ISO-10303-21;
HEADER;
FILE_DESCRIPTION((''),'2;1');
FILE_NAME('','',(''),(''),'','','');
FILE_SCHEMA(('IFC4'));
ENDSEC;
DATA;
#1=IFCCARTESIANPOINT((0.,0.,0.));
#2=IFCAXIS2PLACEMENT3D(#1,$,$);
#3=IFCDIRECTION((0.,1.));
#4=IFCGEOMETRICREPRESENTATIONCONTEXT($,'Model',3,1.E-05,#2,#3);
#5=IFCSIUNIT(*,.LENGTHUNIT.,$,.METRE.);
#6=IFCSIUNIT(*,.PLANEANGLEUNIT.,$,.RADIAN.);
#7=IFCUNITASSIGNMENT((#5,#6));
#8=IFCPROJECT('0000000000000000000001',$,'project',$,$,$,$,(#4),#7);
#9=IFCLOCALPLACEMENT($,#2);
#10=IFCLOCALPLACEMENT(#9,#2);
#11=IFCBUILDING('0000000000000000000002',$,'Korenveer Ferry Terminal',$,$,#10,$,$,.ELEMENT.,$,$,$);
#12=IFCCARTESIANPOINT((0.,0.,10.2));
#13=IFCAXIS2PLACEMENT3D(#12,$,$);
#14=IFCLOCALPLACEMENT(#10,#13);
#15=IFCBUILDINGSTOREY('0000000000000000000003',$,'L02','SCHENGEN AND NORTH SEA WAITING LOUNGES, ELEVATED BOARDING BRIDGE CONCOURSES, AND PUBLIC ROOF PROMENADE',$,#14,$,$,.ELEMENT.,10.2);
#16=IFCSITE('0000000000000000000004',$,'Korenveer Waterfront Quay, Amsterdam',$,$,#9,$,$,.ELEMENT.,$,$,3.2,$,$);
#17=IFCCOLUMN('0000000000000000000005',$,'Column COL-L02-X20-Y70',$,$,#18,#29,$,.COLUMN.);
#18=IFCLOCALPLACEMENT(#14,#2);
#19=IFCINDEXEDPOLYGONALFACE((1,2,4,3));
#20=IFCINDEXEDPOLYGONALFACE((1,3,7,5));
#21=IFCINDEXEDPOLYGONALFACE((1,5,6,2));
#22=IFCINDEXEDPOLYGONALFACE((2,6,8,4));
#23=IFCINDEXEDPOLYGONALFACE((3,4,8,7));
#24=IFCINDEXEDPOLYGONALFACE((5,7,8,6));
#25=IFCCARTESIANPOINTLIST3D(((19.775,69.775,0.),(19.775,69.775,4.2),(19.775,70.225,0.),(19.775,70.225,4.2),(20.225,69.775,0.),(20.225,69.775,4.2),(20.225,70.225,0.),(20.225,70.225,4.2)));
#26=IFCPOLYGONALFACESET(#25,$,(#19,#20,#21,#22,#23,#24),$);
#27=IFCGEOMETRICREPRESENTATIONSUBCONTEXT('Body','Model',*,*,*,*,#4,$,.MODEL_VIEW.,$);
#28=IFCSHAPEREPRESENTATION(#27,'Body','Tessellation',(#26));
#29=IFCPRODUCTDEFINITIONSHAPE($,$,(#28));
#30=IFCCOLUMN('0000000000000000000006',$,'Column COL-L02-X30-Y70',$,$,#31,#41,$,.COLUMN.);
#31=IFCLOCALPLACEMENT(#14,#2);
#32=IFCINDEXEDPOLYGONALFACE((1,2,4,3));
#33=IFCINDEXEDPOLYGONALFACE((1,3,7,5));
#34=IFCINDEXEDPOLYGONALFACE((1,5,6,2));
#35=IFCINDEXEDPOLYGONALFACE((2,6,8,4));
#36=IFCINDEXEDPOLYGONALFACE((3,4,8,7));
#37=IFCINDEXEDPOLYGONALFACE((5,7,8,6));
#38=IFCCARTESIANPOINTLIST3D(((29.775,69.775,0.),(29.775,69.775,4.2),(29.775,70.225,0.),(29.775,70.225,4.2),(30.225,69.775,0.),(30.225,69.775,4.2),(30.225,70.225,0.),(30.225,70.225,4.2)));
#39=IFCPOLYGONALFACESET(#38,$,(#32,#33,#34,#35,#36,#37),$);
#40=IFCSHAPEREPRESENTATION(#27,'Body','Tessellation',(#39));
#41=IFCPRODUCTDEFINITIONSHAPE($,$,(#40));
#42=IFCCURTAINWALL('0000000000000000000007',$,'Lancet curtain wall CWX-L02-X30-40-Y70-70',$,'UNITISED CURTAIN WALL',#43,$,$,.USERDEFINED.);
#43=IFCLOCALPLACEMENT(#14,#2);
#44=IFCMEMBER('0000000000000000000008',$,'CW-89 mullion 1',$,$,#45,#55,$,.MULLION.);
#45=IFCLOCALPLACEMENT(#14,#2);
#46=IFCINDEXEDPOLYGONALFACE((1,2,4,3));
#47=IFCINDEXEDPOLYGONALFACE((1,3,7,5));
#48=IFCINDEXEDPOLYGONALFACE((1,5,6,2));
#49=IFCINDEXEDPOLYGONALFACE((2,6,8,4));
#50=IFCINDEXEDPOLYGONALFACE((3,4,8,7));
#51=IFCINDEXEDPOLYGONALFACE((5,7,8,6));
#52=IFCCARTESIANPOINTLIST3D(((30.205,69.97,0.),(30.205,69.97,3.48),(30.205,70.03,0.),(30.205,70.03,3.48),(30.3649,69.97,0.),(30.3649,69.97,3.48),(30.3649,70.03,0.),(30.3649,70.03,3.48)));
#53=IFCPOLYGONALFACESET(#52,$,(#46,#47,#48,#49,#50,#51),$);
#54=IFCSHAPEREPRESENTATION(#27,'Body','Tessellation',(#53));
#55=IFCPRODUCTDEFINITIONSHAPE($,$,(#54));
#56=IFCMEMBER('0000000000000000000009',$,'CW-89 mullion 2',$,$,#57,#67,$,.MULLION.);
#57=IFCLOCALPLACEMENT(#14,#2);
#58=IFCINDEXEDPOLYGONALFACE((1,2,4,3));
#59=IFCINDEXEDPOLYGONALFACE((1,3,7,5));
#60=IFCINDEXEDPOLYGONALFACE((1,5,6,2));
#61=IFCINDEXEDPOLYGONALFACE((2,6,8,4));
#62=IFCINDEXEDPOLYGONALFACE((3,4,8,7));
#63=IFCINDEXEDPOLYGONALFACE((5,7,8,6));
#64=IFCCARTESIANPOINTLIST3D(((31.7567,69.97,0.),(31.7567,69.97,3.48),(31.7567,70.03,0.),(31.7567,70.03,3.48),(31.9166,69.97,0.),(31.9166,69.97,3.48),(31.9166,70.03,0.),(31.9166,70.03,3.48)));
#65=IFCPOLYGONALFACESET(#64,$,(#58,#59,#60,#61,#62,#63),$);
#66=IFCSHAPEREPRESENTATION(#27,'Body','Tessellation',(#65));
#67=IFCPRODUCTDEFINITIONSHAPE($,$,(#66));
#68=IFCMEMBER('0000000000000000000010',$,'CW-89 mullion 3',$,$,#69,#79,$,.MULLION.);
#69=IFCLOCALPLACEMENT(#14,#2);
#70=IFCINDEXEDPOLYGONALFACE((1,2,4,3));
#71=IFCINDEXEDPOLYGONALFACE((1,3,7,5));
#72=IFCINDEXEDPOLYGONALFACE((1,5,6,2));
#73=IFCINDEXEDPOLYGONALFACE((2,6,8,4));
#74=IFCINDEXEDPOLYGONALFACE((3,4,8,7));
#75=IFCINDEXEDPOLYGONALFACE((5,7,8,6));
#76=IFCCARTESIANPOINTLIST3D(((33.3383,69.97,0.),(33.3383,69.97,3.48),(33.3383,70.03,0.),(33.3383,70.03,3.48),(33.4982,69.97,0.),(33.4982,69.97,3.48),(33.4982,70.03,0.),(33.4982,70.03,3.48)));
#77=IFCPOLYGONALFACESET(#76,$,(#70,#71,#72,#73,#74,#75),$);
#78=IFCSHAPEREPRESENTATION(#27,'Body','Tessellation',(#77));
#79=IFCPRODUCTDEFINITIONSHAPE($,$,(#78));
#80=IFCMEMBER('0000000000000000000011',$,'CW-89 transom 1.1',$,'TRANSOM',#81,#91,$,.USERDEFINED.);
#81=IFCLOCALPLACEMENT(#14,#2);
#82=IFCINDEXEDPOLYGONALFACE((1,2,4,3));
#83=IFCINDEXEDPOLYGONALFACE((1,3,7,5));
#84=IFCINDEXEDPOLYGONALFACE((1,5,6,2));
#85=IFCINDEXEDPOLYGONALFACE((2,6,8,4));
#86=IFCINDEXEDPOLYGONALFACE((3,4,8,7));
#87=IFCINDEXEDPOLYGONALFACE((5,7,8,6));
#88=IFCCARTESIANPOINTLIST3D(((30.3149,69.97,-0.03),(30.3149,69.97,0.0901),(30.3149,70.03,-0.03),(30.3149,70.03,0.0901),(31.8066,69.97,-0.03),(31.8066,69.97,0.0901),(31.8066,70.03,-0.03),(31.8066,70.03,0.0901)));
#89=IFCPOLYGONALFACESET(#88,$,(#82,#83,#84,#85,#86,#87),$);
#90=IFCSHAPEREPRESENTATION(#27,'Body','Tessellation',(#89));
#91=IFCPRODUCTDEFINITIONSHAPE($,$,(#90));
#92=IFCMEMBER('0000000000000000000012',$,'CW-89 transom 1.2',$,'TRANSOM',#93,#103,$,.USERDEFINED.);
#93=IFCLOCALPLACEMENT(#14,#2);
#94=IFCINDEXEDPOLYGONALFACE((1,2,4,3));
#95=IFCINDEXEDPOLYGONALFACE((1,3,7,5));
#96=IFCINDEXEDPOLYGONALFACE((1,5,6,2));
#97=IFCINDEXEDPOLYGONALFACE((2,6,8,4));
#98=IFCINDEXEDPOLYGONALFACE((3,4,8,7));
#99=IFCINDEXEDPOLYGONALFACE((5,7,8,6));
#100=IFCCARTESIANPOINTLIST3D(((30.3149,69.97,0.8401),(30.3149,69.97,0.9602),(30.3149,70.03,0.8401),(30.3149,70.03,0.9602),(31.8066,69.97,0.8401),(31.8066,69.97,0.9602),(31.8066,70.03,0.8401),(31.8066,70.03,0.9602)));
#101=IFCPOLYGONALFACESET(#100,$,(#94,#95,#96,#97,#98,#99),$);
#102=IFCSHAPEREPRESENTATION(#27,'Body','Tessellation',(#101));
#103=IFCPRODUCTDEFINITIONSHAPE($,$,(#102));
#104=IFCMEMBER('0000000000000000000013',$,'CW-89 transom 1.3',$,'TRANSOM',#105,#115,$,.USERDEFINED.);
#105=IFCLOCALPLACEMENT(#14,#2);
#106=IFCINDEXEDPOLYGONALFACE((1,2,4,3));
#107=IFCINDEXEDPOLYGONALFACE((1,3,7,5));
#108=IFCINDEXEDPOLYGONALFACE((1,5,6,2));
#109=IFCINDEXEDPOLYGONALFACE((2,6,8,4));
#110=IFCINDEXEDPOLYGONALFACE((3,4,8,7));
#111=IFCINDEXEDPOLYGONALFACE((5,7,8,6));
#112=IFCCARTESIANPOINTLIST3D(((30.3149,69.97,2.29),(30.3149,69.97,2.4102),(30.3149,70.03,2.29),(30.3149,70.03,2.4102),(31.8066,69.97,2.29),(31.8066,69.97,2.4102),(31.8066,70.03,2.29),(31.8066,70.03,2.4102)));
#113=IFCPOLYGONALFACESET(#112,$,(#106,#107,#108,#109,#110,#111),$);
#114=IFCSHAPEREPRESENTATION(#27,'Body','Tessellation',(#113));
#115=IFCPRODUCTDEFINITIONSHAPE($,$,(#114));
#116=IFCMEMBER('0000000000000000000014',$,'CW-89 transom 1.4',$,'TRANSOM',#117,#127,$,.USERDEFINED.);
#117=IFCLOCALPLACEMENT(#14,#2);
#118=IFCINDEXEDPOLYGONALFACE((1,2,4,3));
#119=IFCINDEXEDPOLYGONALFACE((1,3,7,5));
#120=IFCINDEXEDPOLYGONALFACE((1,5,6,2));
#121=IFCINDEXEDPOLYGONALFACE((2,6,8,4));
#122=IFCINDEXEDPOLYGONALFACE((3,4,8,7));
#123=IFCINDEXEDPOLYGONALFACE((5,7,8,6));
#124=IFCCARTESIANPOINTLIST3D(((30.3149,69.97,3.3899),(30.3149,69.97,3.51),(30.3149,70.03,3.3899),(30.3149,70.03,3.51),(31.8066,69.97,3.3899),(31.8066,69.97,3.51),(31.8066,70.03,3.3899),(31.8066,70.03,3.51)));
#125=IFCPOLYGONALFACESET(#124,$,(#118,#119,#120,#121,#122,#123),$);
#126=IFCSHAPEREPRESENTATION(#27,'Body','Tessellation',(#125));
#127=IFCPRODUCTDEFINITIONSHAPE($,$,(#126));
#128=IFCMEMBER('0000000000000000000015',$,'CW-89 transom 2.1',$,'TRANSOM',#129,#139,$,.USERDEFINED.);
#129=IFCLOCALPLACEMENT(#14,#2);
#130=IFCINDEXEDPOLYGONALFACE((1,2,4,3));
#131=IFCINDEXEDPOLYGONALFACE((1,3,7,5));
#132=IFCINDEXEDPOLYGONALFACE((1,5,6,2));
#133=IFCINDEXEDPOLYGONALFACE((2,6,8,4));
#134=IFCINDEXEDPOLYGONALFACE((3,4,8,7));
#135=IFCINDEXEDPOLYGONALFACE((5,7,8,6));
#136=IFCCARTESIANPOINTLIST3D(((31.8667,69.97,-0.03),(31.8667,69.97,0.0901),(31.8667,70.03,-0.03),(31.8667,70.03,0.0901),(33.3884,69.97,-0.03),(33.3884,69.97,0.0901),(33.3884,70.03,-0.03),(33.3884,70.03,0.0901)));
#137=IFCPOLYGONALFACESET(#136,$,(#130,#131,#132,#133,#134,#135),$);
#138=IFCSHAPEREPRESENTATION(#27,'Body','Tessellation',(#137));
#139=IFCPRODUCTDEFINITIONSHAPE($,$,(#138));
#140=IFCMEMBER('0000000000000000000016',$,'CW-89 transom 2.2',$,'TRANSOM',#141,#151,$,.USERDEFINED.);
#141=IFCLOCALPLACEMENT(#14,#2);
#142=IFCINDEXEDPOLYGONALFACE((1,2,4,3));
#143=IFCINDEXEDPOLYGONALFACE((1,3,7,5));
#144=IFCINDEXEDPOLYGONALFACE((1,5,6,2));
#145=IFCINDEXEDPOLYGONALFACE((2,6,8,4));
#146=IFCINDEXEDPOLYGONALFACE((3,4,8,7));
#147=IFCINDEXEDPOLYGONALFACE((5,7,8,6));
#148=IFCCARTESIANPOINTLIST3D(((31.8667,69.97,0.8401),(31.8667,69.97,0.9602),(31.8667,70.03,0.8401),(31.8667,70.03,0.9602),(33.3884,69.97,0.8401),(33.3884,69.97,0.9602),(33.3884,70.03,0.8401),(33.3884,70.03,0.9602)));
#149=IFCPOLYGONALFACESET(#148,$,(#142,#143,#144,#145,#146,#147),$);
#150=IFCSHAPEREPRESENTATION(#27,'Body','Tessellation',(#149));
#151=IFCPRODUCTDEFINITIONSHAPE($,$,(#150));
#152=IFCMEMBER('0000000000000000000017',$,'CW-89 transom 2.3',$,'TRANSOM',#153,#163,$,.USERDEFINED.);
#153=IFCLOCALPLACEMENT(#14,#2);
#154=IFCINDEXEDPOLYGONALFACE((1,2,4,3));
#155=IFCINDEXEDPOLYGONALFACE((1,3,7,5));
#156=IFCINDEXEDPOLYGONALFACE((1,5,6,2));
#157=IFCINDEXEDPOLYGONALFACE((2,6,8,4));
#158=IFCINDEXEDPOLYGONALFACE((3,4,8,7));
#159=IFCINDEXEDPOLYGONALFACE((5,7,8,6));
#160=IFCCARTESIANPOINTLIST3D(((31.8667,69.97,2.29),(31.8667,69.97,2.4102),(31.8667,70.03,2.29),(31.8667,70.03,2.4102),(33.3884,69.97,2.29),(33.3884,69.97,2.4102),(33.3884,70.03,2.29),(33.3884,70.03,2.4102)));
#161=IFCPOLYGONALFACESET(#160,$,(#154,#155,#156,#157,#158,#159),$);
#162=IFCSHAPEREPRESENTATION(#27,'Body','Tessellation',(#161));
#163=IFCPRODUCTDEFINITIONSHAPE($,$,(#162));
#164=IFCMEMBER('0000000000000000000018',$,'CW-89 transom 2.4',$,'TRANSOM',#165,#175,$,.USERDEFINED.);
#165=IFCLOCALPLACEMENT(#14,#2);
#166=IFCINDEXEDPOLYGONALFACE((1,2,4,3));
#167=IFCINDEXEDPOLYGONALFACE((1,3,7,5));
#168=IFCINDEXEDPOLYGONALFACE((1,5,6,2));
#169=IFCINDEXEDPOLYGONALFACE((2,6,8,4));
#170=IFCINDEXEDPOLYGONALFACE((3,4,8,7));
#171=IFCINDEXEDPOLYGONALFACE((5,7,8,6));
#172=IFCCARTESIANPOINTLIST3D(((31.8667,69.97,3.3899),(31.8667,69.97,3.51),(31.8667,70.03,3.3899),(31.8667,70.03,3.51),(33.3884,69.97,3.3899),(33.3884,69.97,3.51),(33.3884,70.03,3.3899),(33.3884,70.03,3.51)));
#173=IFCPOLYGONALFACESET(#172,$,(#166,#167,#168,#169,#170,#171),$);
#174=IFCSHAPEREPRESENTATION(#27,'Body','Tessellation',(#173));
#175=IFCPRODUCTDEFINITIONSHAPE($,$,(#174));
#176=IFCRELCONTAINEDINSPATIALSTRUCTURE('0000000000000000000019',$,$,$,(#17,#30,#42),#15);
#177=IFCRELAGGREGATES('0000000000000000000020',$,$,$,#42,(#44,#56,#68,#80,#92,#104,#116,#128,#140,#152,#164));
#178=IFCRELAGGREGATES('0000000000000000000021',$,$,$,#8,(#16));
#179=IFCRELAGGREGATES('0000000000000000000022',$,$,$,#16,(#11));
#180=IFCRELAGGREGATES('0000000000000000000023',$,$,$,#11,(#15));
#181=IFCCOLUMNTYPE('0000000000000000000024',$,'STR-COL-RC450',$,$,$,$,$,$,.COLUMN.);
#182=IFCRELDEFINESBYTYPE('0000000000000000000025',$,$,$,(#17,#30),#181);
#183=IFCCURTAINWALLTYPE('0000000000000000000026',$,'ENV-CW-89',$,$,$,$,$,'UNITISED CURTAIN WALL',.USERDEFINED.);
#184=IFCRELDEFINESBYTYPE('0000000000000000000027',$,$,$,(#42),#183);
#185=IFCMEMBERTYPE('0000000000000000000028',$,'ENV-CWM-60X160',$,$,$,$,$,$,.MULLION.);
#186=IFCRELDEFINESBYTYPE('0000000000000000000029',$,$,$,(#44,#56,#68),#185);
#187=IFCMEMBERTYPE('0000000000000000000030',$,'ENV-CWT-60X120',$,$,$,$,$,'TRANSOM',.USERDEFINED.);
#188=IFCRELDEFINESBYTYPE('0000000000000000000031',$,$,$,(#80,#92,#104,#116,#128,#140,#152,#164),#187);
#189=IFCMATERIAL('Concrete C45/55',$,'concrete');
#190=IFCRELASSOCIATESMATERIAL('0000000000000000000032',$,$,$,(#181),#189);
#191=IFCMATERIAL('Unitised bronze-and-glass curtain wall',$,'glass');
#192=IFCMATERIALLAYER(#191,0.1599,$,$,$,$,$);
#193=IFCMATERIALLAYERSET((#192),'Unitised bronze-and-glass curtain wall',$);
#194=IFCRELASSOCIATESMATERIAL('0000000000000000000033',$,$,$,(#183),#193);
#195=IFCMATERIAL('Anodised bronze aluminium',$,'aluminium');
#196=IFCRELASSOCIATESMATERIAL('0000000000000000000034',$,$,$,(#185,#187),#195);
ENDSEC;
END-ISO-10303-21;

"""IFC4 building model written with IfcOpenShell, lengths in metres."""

from ifc_helpers import new_model, si_unit, direction, frame, origin, origin_2d, place, context, subcontext, project, spatial, rectangle, extrude, material, layer, layer_set, material_profile, profile_set, type_object, element, aggregate, save


model = new_model("IFC4")

# Units and contexts
model_context = context("Model", 3, precision=1e-05, world=origin(), true_north=direction((0.0, 1.0)))
body_context = subcontext(model_context, "Body", "Model", "MODEL_VIEW")
ifc_project = project(units=[si_unit("LENGTHUNIT", "METRE"), si_unit("PLANEANGLEUNIT", "RADIAN")], contexts=[model_context])

# Site, building, storey
site_placement = place(None, origin())
site = spatial("IfcSite", under=ifc_project, at=site_placement, Name="Korenveer Waterfront Quay, Amsterdam", CompositionType="ELEMENT", RefElevation=3.2)
building_placement = place(site_placement, origin())
building = spatial("IfcBuilding", under=site, at=building_placement, Name="Korenveer Ferry Terminal", CompositionType="ELEMENT")
storey_placement = place(building_placement, frame((0.0, 0.0, 10.2)))
storey = spatial("IfcBuildingStorey", under=building, at=storey_placement, Name="L02", Description="SCHENGEN AND NORTH SEA WAITING LOUNGES, ELEVATED BOARDING BRIDGE CONCOURSES, AND PUBLIC ROOF PROMENADE", CompositionType="ELEMENT", Elevation=10.2)

# Columns
ifc_material_1 = material(Name="Concrete C45/55", Category="concrete")
ifc_material_profile_1 = material_profile(ifc_material_1, rectangle(XDim=0.45, YDim=0.45, at=origin_2d()), Name="RC 450x450")
ifc_profile_set_1 = profile_set([ifc_material_profile_1], Name="Concrete C45/55")
column_type = type_object("IfcColumnType", Name="STR-COL-RC450", PredefinedType="COLUMN", material=ifc_profile_set_1)
for number, where, z_axis, x_axis, name in (
    (1, (20.0, 70.0, 0.0), (0.0, 0.0, 1.0), (1.0, 0.0, 0.0), "Column COL-L02-X20-Y70"),
    (2, (30.0, 70.0, 0.0), (0.0, 0.0, 1.0), (1.0, 0.0, 0.0), "Column COL-L02-X30-Y70"),
):
    element("IfcColumn", number, at=place(storey_placement, frame(where, z_axis=z_axis, x_axis=x_axis)), inside=storey, type_object=column_type, Name=name, PredefinedType="COLUMN", context=body_context, shape_type="SweptSolid", body=[
        extrude(rectangle(XDim=0.45, YDim=0.45, at=origin_2d()), origin(), (0.0, 0.0, 1.0), 4.2),
    ])

# Curtain wall, members
ifc_material_2 = material(Name="Unitised bronze-and-glass curtain wall", Category="glass")
ifc_layer_1 = layer(ifc_material_2, 0.1599)
ifc_layer_set_1 = layer_set([ifc_layer_1], Name="Unitised bronze-and-glass curtain wall")
curtain_wall_type = type_object("IfcCurtainWallType", Name="ENV-CW-89", ElementType="UNITISED CURTAIN WALL", PredefinedType="USERDEFINED", material=ifc_layer_set_1)
curtain_wall_placement = place(storey_placement, frame((30.2549, 70.0, 0.0)))
curtain_wall = element("IfcCurtainWall", 3, at=curtain_wall_placement, inside=storey, type_object=curtain_wall_type, Name="Lancet curtain wall CWX-L02-X30-40-Y70-70", ObjectType="UNITISED CURTAIN WALL", PredefinedType="USERDEFINED")
ifc_material_3 = material(Name="Anodised bronze aluminium", Category="aluminium")
ifc_material_profile_2 = material_profile(ifc_material_3, rectangle(XDim=0.0601, YDim=0.1599, at=origin_2d()), Name="ALU 60x160")
ifc_profile_set_2 = profile_set([ifc_material_profile_2], Name="Anodised bronze aluminium")
member_type_1 = type_object("IfcMemberType", Name="ENV-CWM-60X160", PredefinedType="MULLION", material=ifc_profile_set_2)
member_1_placement = place(storey_placement, frame((30.2849, 70.0, 0.0), z_axis=(0.0, 0.0, 1.0), x_axis=(0.0, 1.0, 0.0)))
member_1 = element("IfcMember", 4, at=member_1_placement, type_object=member_type_1, Name="CW-89 mullion 1", PredefinedType="MULLION", context=body_context, shape_type="SweptSolid", body=[
    extrude(rectangle(XDim=0.0601, YDim=0.1599, at=origin_2d()), origin(), (0.0, 0.0, 1.0), 3.48),
])
member_2_placement = place(storey_placement, frame((31.8367, 70.0, 0.0), z_axis=(0.0, 0.0, 1.0), x_axis=(0.0, 1.0, 0.0)))
member_2 = element("IfcMember", 5, at=member_2_placement, type_object=member_type_1, Name="CW-89 mullion 2", PredefinedType="MULLION", context=body_context, shape_type="SweptSolid", body=[
    extrude(rectangle(XDim=0.0601, YDim=0.1599, at=origin_2d()), origin(), (0.0, 0.0, 1.0), 3.48),
])
member_3_placement = place(storey_placement, frame((33.4182, 70.0, 0.0), z_axis=(0.0, 0.0, 1.0), x_axis=(0.0, 1.0, 0.0)))
member_3 = element("IfcMember", 6, at=member_3_placement, type_object=member_type_1, Name="CW-89 mullion 3", PredefinedType="MULLION", context=body_context, shape_type="SweptSolid", body=[
    extrude(rectangle(XDim=0.0601, YDim=0.1599, at=origin_2d()), origin(), (0.0, 0.0, 1.0), 3.48),
])
ifc_material_profile_3 = material_profile(ifc_material_3, rectangle(XDim=0.0601, YDim=0.1201, at=origin_2d()), Name="ALU 60x120")
ifc_profile_set_3 = profile_set([ifc_material_profile_3], Name="Anodised bronze aluminium")
member_type_2 = type_object("IfcMemberType", Name="ENV-CWT-60X120", ElementType="TRANSOM", PredefinedType="USERDEFINED", material=ifc_profile_set_3)
member_4_placement = place(storey_placement, frame((30.3149, 70.0, 0.03), z_axis=(1.0, 0.0, 0.0), x_axis=(0.0, 1.0, 0.0)))
member_4 = element("IfcMember", 7, at=member_4_placement, type_object=member_type_2, Name="CW-89 transom 1.1", ObjectType="TRANSOM", PredefinedType="USERDEFINED", context=body_context, shape_type="SweptSolid", body=[
    extrude(rectangle(XDim=0.0601, YDim=0.1201, at=origin_2d()), origin(), (0.0, 0.0, 1.0), 1.4917),
])
member_5_placement = place(storey_placement, frame((30.3149, 70.0, 0.9001), z_axis=(1.0, 0.0, 0.0), x_axis=(0.0, 1.0, 0.0)))
member_5 = element("IfcMember", 8, at=member_5_placement, type_object=member_type_2, Name="CW-89 transom 1.2", ObjectType="TRANSOM", PredefinedType="USERDEFINED", context=body_context, shape_type="SweptSolid", body=[
    extrude(rectangle(XDim=0.0601, YDim=0.1201, at=origin_2d()), origin(), (0.0, 0.0, 1.0), 1.4917),
])
member_6_placement = place(storey_placement, frame((30.3149, 70.0, 2.3501), z_axis=(1.0, 0.0, 0.0), x_axis=(0.0, 1.0, 0.0)))
member_6 = element("IfcMember", 9, at=member_6_placement, type_object=member_type_2, Name="CW-89 transom 1.3", ObjectType="TRANSOM", PredefinedType="USERDEFINED", context=body_context, shape_type="SweptSolid", body=[
    extrude(rectangle(XDim=0.0601, YDim=0.1201, at=origin_2d()), origin(), (0.0, 0.0, 1.0), 1.4917),
])
member_7_placement = place(storey_placement, frame((30.3149, 70.0, 3.45), z_axis=(1.0, 0.0, 0.0), x_axis=(0.0, 1.0, 0.0)))
member_7 = element("IfcMember", 10, at=member_7_placement, type_object=member_type_2, Name="CW-89 transom 1.4", ObjectType="TRANSOM", PredefinedType="USERDEFINED", context=body_context, shape_type="SweptSolid", body=[
    extrude(rectangle(XDim=0.0601, YDim=0.1201, at=origin_2d()), origin(), (0.0, 0.0, 1.0), 1.4917),
])
member_8_placement = place(storey_placement, frame((31.8667, 70.0, 0.03), z_axis=(1.0, 0.0, 0.0), x_axis=(0.0, 1.0, 0.0)))
member_8 = element("IfcMember", 11, at=member_8_placement, type_object=member_type_2, Name="CW-89 transom 2.1", ObjectType="TRANSOM", PredefinedType="USERDEFINED", context=body_context, shape_type="SweptSolid", body=[
    extrude(rectangle(XDim=0.0601, YDim=0.1201, at=origin_2d()), origin(), (0.0, 0.0, 1.0), 1.5217),
])
member_9_placement = place(storey_placement, frame((31.8667, 70.0, 0.9001), z_axis=(1.0, 0.0, 0.0), x_axis=(0.0, 1.0, 0.0)))
member_9 = element("IfcMember", 12, at=member_9_placement, type_object=member_type_2, Name="CW-89 transom 2.2", ObjectType="TRANSOM", PredefinedType="USERDEFINED", context=body_context, shape_type="SweptSolid", body=[
    extrude(rectangle(XDim=0.0601, YDim=0.1201, at=origin_2d()), origin(), (0.0, 0.0, 1.0), 1.5217),
])
member_10_placement = place(storey_placement, frame((31.8667, 70.0, 2.3501), z_axis=(1.0, 0.0, 0.0), x_axis=(0.0, 1.0, 0.0)))
member_10 = element("IfcMember", 13, at=member_10_placement, type_object=member_type_2, Name="CW-89 transom 2.3", ObjectType="TRANSOM", PredefinedType="USERDEFINED", context=body_context, shape_type="SweptSolid", body=[
    extrude(rectangle(XDim=0.0601, YDim=0.1201, at=origin_2d()), origin(), (0.0, 0.0, 1.0), 1.5217),
])
member_11_placement = place(storey_placement, frame((31.8667, 70.0, 3.45), z_axis=(1.0, 0.0, 0.0), x_axis=(0.0, 1.0, 0.0)))
member_11 = element("IfcMember", 14, at=member_11_placement, type_object=member_type_2, Name="CW-89 transom 2.4", ObjectType="TRANSOM", PredefinedType="USERDEFINED", context=body_context, shape_type="SweptSolid", body=[
    extrude(rectangle(XDim=0.0601, YDim=0.1201, at=origin_2d()), origin(), (0.0, 0.0, 1.0), 1.5217),
])

aggregate(curtain_wall, [member_1, member_2, member_3, member_4, member_5, member_6, member_7, member_8, member_9, member_10, member_11])

save(model, "model.ifc")
